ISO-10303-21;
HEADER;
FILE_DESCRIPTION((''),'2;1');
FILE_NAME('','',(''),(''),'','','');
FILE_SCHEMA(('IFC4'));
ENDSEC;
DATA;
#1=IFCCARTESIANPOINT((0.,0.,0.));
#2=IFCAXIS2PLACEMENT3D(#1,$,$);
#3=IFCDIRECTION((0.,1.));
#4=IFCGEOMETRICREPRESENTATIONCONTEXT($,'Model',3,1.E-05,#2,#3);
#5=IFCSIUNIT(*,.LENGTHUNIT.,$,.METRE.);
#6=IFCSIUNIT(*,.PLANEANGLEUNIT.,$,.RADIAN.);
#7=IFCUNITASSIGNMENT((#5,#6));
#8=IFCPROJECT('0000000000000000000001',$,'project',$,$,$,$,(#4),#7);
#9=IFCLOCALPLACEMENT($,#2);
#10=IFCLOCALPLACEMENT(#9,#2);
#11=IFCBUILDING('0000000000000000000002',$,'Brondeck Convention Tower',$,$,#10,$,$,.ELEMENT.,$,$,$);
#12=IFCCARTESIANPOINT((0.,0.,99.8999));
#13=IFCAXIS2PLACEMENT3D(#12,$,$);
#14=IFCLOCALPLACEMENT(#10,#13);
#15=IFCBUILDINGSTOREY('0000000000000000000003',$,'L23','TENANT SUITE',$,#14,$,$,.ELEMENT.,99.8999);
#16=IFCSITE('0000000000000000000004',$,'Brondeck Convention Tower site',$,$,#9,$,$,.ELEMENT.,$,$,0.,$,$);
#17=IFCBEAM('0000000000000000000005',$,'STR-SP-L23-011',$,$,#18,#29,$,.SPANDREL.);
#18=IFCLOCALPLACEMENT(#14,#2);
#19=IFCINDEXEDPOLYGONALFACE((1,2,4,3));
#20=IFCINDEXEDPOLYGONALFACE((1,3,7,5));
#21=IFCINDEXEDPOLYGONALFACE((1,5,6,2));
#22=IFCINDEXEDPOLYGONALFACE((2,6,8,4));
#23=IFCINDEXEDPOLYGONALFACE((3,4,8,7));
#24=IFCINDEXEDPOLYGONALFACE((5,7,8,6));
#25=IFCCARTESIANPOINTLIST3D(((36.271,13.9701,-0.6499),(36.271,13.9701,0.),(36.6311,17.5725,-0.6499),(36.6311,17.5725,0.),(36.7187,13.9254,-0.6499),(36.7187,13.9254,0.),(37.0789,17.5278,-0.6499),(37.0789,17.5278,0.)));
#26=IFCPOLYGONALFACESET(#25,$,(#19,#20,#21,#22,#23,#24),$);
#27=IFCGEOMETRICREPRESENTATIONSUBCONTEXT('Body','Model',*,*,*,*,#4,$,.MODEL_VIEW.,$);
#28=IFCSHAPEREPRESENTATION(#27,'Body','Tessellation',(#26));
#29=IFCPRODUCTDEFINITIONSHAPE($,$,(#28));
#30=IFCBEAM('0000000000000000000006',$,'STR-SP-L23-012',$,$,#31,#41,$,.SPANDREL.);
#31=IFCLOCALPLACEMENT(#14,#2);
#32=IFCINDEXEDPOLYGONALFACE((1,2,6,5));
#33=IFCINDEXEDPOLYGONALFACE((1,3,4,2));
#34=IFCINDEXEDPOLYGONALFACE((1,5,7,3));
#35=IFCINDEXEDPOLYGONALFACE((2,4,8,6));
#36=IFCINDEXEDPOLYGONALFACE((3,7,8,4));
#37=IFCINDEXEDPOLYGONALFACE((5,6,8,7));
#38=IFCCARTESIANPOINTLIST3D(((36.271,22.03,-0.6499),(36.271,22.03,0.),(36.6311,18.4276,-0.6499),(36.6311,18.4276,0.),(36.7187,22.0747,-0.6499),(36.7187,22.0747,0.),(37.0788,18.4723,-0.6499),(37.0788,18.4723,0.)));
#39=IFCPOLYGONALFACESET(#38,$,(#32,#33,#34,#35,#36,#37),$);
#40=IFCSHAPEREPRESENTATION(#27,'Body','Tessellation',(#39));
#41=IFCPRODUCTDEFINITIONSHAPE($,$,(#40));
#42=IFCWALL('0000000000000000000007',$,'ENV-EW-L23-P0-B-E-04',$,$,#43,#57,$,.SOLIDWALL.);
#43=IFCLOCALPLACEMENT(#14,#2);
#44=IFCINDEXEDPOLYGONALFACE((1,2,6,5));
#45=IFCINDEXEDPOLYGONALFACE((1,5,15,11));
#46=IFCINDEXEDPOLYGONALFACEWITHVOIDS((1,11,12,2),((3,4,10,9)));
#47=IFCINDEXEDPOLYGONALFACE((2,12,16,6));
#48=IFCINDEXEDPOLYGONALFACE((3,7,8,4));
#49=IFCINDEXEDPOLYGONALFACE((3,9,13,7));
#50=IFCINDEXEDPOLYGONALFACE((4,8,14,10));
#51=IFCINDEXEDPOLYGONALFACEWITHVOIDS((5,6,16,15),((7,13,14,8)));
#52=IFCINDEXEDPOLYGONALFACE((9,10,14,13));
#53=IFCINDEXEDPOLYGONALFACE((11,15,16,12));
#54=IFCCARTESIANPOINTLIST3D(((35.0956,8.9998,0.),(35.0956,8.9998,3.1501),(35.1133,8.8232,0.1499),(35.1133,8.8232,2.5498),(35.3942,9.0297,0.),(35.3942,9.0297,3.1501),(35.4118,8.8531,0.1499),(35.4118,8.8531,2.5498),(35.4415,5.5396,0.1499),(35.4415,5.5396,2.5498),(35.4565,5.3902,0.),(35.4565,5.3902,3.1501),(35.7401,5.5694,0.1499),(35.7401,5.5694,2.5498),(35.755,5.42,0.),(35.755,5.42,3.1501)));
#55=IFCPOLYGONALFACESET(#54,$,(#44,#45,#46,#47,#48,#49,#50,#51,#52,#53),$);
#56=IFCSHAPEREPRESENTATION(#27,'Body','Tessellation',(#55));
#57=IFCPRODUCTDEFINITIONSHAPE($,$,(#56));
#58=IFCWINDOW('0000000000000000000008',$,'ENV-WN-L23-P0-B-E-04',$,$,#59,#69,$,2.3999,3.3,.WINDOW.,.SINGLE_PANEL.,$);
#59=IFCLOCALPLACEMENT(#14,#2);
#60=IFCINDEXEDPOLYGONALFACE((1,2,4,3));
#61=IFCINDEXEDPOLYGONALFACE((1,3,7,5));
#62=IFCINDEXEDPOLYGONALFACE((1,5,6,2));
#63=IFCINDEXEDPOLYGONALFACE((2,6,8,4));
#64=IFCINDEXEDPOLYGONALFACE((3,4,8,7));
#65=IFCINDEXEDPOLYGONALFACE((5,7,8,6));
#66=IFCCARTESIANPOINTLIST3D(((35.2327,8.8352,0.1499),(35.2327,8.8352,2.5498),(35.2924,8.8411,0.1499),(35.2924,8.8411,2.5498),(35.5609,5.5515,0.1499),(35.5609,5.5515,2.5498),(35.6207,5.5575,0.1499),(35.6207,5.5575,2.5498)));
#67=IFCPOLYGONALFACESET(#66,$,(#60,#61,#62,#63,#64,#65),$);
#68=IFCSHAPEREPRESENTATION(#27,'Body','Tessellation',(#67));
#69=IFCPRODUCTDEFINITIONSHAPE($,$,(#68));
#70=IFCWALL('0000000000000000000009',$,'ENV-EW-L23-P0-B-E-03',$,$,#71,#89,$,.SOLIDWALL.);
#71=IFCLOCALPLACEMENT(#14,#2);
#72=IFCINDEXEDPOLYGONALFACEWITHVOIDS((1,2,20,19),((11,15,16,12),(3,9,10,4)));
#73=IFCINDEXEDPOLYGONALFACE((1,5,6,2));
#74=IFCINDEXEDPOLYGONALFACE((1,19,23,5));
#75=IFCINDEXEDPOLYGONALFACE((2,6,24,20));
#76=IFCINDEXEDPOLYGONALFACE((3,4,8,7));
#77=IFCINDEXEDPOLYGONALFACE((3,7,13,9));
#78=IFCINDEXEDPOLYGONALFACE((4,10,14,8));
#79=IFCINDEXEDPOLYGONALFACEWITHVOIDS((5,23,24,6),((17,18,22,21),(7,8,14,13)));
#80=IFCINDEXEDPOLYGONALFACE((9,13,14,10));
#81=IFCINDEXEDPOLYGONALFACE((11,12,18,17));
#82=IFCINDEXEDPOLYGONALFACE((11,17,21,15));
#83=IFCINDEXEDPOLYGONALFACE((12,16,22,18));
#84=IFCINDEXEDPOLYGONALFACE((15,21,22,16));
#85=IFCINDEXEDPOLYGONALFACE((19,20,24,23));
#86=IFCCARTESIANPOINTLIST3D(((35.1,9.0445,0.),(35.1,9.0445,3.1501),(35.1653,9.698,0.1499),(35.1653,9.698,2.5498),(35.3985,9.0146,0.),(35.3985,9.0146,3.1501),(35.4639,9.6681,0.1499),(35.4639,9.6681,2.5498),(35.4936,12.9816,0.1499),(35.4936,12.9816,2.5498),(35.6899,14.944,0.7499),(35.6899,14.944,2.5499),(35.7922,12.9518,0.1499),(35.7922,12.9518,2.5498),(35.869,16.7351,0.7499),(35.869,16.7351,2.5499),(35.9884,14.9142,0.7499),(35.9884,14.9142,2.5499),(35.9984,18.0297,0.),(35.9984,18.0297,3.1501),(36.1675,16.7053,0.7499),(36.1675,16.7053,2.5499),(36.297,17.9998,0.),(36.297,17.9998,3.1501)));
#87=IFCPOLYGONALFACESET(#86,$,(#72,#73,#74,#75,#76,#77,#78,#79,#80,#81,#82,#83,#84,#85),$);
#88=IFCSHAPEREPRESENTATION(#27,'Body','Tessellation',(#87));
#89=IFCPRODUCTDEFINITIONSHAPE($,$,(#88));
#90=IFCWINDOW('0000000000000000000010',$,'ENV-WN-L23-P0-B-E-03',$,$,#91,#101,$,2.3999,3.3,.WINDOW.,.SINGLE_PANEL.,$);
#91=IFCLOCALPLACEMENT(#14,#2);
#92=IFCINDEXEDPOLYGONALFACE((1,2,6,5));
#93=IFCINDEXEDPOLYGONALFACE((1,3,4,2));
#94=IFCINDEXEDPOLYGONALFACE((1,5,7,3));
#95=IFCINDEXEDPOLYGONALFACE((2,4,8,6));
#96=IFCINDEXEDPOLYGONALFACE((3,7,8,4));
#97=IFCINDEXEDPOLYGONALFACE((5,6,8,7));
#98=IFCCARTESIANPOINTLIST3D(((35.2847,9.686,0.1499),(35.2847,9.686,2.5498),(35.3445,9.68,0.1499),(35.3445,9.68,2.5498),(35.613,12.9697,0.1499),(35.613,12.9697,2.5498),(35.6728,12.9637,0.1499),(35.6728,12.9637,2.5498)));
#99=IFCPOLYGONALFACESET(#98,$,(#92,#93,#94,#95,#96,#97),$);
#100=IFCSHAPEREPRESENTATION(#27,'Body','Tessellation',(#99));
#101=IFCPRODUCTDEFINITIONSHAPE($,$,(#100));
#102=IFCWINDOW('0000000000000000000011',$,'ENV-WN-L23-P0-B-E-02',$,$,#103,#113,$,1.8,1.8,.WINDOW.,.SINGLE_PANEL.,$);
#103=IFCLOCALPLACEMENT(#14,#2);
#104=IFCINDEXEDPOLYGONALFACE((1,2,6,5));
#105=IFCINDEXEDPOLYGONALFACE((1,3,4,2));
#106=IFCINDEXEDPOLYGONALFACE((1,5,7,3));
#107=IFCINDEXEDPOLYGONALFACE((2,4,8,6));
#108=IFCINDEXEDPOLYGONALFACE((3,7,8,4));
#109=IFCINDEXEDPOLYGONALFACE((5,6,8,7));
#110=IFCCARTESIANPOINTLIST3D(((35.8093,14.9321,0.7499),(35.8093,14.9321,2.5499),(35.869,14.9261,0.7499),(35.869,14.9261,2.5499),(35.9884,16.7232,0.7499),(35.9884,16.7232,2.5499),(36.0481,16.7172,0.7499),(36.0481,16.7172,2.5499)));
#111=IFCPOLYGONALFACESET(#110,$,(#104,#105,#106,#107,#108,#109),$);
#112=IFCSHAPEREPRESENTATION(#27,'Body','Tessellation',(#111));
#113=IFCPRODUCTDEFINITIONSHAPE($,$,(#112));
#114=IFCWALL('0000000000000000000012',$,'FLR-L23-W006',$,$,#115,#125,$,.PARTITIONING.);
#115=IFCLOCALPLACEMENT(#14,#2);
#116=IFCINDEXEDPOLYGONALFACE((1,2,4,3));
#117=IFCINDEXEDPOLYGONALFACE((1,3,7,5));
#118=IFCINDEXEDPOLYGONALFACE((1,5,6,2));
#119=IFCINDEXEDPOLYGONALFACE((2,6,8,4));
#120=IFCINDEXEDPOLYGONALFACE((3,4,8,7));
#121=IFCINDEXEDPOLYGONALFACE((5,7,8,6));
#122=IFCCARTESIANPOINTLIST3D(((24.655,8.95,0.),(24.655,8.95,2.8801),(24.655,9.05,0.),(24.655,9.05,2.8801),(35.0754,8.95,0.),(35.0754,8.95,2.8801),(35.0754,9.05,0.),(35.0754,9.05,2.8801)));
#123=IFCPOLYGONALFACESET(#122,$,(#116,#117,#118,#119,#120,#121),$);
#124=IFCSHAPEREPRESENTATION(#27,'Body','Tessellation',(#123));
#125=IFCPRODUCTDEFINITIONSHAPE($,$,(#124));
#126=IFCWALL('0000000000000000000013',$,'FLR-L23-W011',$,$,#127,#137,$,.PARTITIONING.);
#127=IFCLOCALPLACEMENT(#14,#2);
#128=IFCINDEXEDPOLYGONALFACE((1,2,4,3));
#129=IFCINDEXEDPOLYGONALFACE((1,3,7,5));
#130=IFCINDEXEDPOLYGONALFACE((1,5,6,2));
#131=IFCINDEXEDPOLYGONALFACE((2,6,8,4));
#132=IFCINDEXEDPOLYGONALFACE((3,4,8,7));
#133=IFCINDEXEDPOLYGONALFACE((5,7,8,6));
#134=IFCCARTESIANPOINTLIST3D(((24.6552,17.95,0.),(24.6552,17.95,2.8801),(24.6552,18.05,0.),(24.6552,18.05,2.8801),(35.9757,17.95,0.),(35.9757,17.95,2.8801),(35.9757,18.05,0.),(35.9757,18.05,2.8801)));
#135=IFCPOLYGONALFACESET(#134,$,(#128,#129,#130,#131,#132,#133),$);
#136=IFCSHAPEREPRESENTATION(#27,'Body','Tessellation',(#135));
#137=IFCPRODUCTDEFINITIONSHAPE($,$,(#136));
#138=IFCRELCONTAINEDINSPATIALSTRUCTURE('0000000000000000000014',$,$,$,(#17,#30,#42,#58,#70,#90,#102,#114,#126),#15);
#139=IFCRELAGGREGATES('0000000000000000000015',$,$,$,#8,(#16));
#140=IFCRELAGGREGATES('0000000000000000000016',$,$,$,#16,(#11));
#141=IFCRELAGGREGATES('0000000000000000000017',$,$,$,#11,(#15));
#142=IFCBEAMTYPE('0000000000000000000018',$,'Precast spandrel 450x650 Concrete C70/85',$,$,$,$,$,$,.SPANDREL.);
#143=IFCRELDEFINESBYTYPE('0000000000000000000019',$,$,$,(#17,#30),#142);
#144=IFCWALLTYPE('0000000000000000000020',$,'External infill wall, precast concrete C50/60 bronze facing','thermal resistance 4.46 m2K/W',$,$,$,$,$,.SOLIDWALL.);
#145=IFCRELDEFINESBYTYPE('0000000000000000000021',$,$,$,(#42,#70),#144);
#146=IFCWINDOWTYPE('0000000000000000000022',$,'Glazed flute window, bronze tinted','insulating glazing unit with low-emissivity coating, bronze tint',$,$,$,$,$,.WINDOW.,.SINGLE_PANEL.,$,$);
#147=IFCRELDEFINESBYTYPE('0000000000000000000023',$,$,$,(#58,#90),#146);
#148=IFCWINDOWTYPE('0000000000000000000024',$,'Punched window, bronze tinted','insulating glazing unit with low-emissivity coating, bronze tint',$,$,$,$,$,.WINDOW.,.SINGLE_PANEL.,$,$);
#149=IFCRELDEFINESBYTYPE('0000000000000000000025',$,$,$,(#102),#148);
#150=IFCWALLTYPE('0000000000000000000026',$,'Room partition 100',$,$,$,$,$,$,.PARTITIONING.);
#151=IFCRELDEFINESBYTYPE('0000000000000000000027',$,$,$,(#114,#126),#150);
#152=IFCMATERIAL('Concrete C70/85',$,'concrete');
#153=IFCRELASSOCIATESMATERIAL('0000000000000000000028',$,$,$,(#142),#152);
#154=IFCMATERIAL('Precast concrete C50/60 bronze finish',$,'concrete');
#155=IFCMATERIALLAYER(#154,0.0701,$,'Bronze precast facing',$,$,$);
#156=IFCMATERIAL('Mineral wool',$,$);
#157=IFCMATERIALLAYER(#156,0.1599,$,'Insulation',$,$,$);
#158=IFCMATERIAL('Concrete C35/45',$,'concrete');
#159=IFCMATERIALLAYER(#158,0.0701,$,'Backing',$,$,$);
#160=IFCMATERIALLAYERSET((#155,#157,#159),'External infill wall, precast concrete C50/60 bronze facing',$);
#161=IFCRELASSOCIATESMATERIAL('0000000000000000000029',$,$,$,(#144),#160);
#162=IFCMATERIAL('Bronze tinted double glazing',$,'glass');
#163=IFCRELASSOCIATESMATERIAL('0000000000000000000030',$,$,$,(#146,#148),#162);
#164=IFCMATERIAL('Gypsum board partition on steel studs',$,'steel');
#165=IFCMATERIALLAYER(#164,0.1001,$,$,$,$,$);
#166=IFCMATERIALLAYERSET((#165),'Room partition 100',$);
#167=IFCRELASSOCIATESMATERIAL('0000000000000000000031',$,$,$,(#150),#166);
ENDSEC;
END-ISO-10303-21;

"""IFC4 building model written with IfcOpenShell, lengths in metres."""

from ifc_helpers import new_model, si_unit, direction, frame, frame_2d, origin, origin_2d, place, context, subcontext, project, spatial, rectangle, extrude, material, layer, layer_set, material_profile, profile_set, type_object, element, fill, save


model = new_model("IFC4")

# Units and contexts
model_context = context("Model", 3, precision=1e-05, world=origin(), true_north=direction((0.0, 1.0)))
body_context = subcontext(model_context, "Body", "Model", "MODEL_VIEW")
ifc_project = project(units=[si_unit("LENGTHUNIT", "METRE"), si_unit("PLANEANGLEUNIT", "RADIAN")], contexts=[model_context])

# Site, building, storey
site_placement = place(None, origin())
site = spatial("IfcSite", under=ifc_project, at=site_placement, Name="Brondeck Convention Tower site", CompositionType="ELEMENT", RefElevation=0.0)
building_placement = place(site_placement, origin())
building = spatial("IfcBuilding", under=site, at=building_placement, Name="Brondeck Convention Tower", CompositionType="ELEMENT")
storey_placement = place(building_placement, frame((0.0, 0.0, 99.8999)))
storey = spatial("IfcBuildingStorey", under=building, at=storey_placement, Name="L23", Description="TENANT SUITE", CompositionType="ELEMENT", Elevation=99.8999)

# Shared definitions
ifc_material_1 = material(Name="Concrete C70/85", Category="concrete")

# Beams
ifc_material_profile_1 = material_profile(ifc_material_1, rectangle(XDim=0.45, YDim=0.6499, at=origin_2d()), Name="Precast spandrel 450x650 Concrete C70/85")
ifc_profile_set_1 = profile_set([ifc_material_profile_1], Name="Concrete C70/85")
beam_type_1 = type_object("IfcBeamType", Name="Precast spandrel 450x650 Concrete C70/85", PredefinedType="SPANDREL", material=ifc_profile_set_1)
for number, where, z_axis, x_axis, name in (
    (1, (36.4949, 13.9478, -0.325), (0.09947, 0.995041, 0.0), (-0.995041, 0.09947, 0.0), "STR-SP-L23-011"),
    (2, (36.855, 18.45, -0.325), (-0.09947, 0.995041, 0.0), (-0.995041, -0.09947, 0.0), "STR-SP-L23-012"),
):
    element("IfcBeam", number, at=place(storey_placement, frame(where, z_axis=z_axis, x_axis=x_axis)), inside=storey, type_object=beam_type_1, Name=name, PredefinedType="SPANDREL", context=body_context, shape_type="SweptSolid", body=[
        extrude(rectangle(XDim=0.45, YDim=0.6499, at=origin_2d()), origin(), (0.0, 0.0, 1.0), 3.6204),
    ])

# Wall, opening, window
ifc_material_2 = material(Name="Precast concrete C50/60 bronze finish", Category="concrete")
ifc_layer_1 = layer(ifc_material_2, 0.0701, Name="Bronze precast facing")
ifc_material_3 = material(Name="Mineral wool")
ifc_layer_2 = layer(ifc_material_3, 0.1599, Name="Insulation")
ifc_material_4 = material(Name="Concrete C35/45", Category="concrete")
ifc_layer_3 = layer(ifc_material_4, 0.0701, Name="Backing")
ifc_layer_set_1 = layer_set([ifc_layer_1, ifc_layer_2, ifc_layer_3], Name="External infill wall, precast concrete C50/60 bronze facing")
wall_type_1 = type_object("IfcWallType", Name="External infill wall, precast concrete C50/60 bronze facing", Description="thermal resistance 4.46 m2K/W", PredefinedType="SOLIDWALL", material=ifc_layer_set_1)
wall_1_placement = place(storey_placement, frame((35.2449, 9.0149, 0.0), z_axis=(0.0, 0.0, 1.0), x_axis=(0.09947, -0.995041, 0.0)))
wall_1 = element("IfcWall", 3, at=wall_1_placement, inside=storey, type_object=wall_type_1, Name="ENV-EW-L23-P0-B-E-04", PredefinedType="SOLIDWALL", context=body_context, shape_type="SweptSolid", body=[
    extrude(rectangle(XDim=3.6277, YDim=0.3, at=frame_2d((1.814, 0.0))), origin(), (0.0, 0.0, 1.0), 3.1501),
])
opening_1_placement = place(wall_1_placement, frame((0.1777, 0.0, 0.1499)))
opening_1 = element("IfcOpeningElement", 4, at=opening_1_placement, cuts=wall_1, PredefinedType="OPENING", context=body_context, shape_type="SweptSolid", body=[
    extrude(rectangle(XDim=3.3, YDim=2.3999, at=frame_2d((1.6499, 1.2))), frame((0.0, 0.1599, 0.0), z_axis=(0.0, -1.0, 0.0), x_axis=(1.0, 0.0, 0.0)), (0.0, 0.0, 1.0), 0.3201),
])
ifc_material_5 = material(Name="Bronze tinted double glazing", Category="glass")
window_type_1 = type_object("IfcWindowType", Name="Glazed flute window, bronze tinted", Description="insulating glazing unit with low-emissivity coating, bronze tint", PartitioningType="SINGLE_PANEL", PredefinedType="WINDOW", material=ifc_material_5)
window_1_placement = place(opening_1_placement, origin())
window_1 = element("IfcWindow", 5, at=window_1_placement, inside=storey, type_object=window_type_1, Name="ENV-WN-L23-P0-B-E-04", OverallHeight=2.3999, OverallWidth=3.3, PartitioningType="SINGLE_PANEL", PredefinedType="WINDOW", context=body_context, shape_type="SweptSolid", body=[
    extrude(rectangle(XDim=3.3, YDim=2.3999, at=frame_2d((1.6499, 1.2))), frame((0.0, 0.03, 0.0), z_axis=(0.0, -1.0, 0.0), x_axis=(1.0, 0.0, 0.0)), (0.0, 0.0, 1.0), 0.0601),
])
fill(opening_1, window_1)

# Wall, openings, windows
wall_2_placement = place(storey_placement, frame((36.1477, 18.0149, 0.0), z_axis=(0.0, 0.0, 1.0), x_axis=(-0.099496, -0.995038, 0.0)))
wall_2 = element("IfcWall", 6, at=wall_2_placement, inside=storey, type_object=wall_type_1, Name="ENV-EW-L23-P0-B-E-03", PredefinedType="SOLIDWALL", context=body_context, shape_type="SweptSolid", body=[
    extrude(rectangle(XDim=9.03, YDim=0.3, at=frame_2d((4.5151, 0.0))), origin(), (0.0, 0.0, 1.0), 3.1501),
])
opening_2_placement = place(wall_2_placement, frame((1.3013, 0.0, 0.75)))
opening_2 = element("IfcOpeningElement", 7, at=opening_2_placement, cuts=wall_2, PredefinedType="OPENING", context=body_context, shape_type="SweptSolid", body=[
    extrude(rectangle(XDim=1.8, YDim=1.8, at=frame_2d((0.8999, 0.8999))), frame((0.0, 0.1599, 0.0), z_axis=(0.0, -1.0, 0.0), x_axis=(1.0, 0.0, 0.0)), (0.0, 0.0, 1.0), 0.3201),
])
opening_3_placement = place(wall_2_placement, frame((5.0735, 0.0, 0.1499)))
opening_3 = element("IfcOpeningElement", 8, at=opening_3_placement, cuts=wall_2, PredefinedType="OPENING", context=body_context, shape_type="SweptSolid", body=[
    extrude(rectangle(XDim=3.3, YDim=2.3999, at=frame_2d((1.6499, 1.2))), frame((0.0, 0.1599, 0.0), z_axis=(0.0, -1.0, 0.0), x_axis=(1.0, 0.0, 0.0)), (0.0, 0.0, 1.0), 0.3201),
])
window_2_placement = place(opening_3_placement, origin())
window_2 = element("IfcWindow", 9, at=window_2_placement, inside=storey, type_object=window_type_1, Name="ENV-WN-L23-P0-B-E-03", OverallHeight=2.3999, OverallWidth=3.3, PartitioningType="SINGLE_PANEL", PredefinedType="WINDOW", context=body_context, shape_type="SweptSolid", body=[
    extrude(rectangle(XDim=3.3, YDim=2.3999, at=frame_2d((1.6499, 1.2))), frame((0.0, 0.03, 0.0), z_axis=(0.0, -1.0, 0.0), x_axis=(1.0, 0.0, 0.0)), (0.0, 0.0, 1.0), 0.0601),
])
fill(opening_3, window_2)
window_type_2 = type_object("IfcWindowType", Name="Punched window, bronze tinted", Description="insulating glazing unit with low-emissivity coating, bronze tint", PartitioningType="SINGLE_PANEL", PredefinedType="WINDOW", material=ifc_material_5)
window_3_placement = place(opening_2_placement, origin())
window_3 = element("IfcWindow", 10, at=window_3_placement, inside=storey, type_object=window_type_2, Name="ENV-WN-L23-P0-B-E-02", OverallHeight=1.8, OverallWidth=1.8, PartitioningType="SINGLE_PANEL", PredefinedType="WINDOW", context=body_context, shape_type="SweptSolid", body=[
    extrude(rectangle(XDim=1.8, YDim=1.8, at=frame_2d((0.8999, 0.8999))), frame((0.0, 0.03, 0.0), z_axis=(0.0, -1.0, 0.0), x_axis=(1.0, 0.0, 0.0)), (0.0, 0.0, 1.0), 0.0601),
])
fill(opening_2, window_3)

# Walls
ifc_material_6 = material(Name="Gypsum board partition on steel studs", Category="steel")
ifc_layer_4 = layer(ifc_material_6, 0.1001)
ifc_layer_set_2 = layer_set([ifc_layer_4], Name="Room partition 100")
wall_type_2 = type_object("IfcWallType", Name="Room partition 100", PredefinedType="PARTITIONING", material=ifc_layer_set_2)
wall_3_placement = place(storey_placement, frame((35.0754, 9.0, 0.0), z_axis=(0.0, 0.0, 1.0), x_axis=(-1.0, 0.0, 0.0)))
element("IfcWall", 11, at=wall_3_placement, inside=storey, type_object=wall_type_2, Name="FLR-L23-W006", PredefinedType="PARTITIONING", context=body_context, shape_type="SweptSolid", body=[
    extrude(rectangle(XDim=10.4204, YDim=0.1001, at=frame_2d((5.2102, 0.0))), origin(), (0.0, 0.0, 1.0), 2.8801),
])
wall_4_placement = place(storey_placement, frame((35.9756, 18.0, 0.0), z_axis=(0.0, 0.0, 1.0), x_axis=(-1.0, 0.0, 0.0)))
element("IfcWall", 12, at=wall_4_placement, inside=storey, type_object=wall_type_2, Name="FLR-L23-W011", PredefinedType="PARTITIONING", context=body_context, shape_type="SweptSolid", body=[
    extrude(rectangle(XDim=11.3206, YDim=0.1001, at=frame_2d((5.6602, 0.0))), origin(), (0.0, 0.0, 1.0), 2.8801),
])

save(model, "model.ifc")
